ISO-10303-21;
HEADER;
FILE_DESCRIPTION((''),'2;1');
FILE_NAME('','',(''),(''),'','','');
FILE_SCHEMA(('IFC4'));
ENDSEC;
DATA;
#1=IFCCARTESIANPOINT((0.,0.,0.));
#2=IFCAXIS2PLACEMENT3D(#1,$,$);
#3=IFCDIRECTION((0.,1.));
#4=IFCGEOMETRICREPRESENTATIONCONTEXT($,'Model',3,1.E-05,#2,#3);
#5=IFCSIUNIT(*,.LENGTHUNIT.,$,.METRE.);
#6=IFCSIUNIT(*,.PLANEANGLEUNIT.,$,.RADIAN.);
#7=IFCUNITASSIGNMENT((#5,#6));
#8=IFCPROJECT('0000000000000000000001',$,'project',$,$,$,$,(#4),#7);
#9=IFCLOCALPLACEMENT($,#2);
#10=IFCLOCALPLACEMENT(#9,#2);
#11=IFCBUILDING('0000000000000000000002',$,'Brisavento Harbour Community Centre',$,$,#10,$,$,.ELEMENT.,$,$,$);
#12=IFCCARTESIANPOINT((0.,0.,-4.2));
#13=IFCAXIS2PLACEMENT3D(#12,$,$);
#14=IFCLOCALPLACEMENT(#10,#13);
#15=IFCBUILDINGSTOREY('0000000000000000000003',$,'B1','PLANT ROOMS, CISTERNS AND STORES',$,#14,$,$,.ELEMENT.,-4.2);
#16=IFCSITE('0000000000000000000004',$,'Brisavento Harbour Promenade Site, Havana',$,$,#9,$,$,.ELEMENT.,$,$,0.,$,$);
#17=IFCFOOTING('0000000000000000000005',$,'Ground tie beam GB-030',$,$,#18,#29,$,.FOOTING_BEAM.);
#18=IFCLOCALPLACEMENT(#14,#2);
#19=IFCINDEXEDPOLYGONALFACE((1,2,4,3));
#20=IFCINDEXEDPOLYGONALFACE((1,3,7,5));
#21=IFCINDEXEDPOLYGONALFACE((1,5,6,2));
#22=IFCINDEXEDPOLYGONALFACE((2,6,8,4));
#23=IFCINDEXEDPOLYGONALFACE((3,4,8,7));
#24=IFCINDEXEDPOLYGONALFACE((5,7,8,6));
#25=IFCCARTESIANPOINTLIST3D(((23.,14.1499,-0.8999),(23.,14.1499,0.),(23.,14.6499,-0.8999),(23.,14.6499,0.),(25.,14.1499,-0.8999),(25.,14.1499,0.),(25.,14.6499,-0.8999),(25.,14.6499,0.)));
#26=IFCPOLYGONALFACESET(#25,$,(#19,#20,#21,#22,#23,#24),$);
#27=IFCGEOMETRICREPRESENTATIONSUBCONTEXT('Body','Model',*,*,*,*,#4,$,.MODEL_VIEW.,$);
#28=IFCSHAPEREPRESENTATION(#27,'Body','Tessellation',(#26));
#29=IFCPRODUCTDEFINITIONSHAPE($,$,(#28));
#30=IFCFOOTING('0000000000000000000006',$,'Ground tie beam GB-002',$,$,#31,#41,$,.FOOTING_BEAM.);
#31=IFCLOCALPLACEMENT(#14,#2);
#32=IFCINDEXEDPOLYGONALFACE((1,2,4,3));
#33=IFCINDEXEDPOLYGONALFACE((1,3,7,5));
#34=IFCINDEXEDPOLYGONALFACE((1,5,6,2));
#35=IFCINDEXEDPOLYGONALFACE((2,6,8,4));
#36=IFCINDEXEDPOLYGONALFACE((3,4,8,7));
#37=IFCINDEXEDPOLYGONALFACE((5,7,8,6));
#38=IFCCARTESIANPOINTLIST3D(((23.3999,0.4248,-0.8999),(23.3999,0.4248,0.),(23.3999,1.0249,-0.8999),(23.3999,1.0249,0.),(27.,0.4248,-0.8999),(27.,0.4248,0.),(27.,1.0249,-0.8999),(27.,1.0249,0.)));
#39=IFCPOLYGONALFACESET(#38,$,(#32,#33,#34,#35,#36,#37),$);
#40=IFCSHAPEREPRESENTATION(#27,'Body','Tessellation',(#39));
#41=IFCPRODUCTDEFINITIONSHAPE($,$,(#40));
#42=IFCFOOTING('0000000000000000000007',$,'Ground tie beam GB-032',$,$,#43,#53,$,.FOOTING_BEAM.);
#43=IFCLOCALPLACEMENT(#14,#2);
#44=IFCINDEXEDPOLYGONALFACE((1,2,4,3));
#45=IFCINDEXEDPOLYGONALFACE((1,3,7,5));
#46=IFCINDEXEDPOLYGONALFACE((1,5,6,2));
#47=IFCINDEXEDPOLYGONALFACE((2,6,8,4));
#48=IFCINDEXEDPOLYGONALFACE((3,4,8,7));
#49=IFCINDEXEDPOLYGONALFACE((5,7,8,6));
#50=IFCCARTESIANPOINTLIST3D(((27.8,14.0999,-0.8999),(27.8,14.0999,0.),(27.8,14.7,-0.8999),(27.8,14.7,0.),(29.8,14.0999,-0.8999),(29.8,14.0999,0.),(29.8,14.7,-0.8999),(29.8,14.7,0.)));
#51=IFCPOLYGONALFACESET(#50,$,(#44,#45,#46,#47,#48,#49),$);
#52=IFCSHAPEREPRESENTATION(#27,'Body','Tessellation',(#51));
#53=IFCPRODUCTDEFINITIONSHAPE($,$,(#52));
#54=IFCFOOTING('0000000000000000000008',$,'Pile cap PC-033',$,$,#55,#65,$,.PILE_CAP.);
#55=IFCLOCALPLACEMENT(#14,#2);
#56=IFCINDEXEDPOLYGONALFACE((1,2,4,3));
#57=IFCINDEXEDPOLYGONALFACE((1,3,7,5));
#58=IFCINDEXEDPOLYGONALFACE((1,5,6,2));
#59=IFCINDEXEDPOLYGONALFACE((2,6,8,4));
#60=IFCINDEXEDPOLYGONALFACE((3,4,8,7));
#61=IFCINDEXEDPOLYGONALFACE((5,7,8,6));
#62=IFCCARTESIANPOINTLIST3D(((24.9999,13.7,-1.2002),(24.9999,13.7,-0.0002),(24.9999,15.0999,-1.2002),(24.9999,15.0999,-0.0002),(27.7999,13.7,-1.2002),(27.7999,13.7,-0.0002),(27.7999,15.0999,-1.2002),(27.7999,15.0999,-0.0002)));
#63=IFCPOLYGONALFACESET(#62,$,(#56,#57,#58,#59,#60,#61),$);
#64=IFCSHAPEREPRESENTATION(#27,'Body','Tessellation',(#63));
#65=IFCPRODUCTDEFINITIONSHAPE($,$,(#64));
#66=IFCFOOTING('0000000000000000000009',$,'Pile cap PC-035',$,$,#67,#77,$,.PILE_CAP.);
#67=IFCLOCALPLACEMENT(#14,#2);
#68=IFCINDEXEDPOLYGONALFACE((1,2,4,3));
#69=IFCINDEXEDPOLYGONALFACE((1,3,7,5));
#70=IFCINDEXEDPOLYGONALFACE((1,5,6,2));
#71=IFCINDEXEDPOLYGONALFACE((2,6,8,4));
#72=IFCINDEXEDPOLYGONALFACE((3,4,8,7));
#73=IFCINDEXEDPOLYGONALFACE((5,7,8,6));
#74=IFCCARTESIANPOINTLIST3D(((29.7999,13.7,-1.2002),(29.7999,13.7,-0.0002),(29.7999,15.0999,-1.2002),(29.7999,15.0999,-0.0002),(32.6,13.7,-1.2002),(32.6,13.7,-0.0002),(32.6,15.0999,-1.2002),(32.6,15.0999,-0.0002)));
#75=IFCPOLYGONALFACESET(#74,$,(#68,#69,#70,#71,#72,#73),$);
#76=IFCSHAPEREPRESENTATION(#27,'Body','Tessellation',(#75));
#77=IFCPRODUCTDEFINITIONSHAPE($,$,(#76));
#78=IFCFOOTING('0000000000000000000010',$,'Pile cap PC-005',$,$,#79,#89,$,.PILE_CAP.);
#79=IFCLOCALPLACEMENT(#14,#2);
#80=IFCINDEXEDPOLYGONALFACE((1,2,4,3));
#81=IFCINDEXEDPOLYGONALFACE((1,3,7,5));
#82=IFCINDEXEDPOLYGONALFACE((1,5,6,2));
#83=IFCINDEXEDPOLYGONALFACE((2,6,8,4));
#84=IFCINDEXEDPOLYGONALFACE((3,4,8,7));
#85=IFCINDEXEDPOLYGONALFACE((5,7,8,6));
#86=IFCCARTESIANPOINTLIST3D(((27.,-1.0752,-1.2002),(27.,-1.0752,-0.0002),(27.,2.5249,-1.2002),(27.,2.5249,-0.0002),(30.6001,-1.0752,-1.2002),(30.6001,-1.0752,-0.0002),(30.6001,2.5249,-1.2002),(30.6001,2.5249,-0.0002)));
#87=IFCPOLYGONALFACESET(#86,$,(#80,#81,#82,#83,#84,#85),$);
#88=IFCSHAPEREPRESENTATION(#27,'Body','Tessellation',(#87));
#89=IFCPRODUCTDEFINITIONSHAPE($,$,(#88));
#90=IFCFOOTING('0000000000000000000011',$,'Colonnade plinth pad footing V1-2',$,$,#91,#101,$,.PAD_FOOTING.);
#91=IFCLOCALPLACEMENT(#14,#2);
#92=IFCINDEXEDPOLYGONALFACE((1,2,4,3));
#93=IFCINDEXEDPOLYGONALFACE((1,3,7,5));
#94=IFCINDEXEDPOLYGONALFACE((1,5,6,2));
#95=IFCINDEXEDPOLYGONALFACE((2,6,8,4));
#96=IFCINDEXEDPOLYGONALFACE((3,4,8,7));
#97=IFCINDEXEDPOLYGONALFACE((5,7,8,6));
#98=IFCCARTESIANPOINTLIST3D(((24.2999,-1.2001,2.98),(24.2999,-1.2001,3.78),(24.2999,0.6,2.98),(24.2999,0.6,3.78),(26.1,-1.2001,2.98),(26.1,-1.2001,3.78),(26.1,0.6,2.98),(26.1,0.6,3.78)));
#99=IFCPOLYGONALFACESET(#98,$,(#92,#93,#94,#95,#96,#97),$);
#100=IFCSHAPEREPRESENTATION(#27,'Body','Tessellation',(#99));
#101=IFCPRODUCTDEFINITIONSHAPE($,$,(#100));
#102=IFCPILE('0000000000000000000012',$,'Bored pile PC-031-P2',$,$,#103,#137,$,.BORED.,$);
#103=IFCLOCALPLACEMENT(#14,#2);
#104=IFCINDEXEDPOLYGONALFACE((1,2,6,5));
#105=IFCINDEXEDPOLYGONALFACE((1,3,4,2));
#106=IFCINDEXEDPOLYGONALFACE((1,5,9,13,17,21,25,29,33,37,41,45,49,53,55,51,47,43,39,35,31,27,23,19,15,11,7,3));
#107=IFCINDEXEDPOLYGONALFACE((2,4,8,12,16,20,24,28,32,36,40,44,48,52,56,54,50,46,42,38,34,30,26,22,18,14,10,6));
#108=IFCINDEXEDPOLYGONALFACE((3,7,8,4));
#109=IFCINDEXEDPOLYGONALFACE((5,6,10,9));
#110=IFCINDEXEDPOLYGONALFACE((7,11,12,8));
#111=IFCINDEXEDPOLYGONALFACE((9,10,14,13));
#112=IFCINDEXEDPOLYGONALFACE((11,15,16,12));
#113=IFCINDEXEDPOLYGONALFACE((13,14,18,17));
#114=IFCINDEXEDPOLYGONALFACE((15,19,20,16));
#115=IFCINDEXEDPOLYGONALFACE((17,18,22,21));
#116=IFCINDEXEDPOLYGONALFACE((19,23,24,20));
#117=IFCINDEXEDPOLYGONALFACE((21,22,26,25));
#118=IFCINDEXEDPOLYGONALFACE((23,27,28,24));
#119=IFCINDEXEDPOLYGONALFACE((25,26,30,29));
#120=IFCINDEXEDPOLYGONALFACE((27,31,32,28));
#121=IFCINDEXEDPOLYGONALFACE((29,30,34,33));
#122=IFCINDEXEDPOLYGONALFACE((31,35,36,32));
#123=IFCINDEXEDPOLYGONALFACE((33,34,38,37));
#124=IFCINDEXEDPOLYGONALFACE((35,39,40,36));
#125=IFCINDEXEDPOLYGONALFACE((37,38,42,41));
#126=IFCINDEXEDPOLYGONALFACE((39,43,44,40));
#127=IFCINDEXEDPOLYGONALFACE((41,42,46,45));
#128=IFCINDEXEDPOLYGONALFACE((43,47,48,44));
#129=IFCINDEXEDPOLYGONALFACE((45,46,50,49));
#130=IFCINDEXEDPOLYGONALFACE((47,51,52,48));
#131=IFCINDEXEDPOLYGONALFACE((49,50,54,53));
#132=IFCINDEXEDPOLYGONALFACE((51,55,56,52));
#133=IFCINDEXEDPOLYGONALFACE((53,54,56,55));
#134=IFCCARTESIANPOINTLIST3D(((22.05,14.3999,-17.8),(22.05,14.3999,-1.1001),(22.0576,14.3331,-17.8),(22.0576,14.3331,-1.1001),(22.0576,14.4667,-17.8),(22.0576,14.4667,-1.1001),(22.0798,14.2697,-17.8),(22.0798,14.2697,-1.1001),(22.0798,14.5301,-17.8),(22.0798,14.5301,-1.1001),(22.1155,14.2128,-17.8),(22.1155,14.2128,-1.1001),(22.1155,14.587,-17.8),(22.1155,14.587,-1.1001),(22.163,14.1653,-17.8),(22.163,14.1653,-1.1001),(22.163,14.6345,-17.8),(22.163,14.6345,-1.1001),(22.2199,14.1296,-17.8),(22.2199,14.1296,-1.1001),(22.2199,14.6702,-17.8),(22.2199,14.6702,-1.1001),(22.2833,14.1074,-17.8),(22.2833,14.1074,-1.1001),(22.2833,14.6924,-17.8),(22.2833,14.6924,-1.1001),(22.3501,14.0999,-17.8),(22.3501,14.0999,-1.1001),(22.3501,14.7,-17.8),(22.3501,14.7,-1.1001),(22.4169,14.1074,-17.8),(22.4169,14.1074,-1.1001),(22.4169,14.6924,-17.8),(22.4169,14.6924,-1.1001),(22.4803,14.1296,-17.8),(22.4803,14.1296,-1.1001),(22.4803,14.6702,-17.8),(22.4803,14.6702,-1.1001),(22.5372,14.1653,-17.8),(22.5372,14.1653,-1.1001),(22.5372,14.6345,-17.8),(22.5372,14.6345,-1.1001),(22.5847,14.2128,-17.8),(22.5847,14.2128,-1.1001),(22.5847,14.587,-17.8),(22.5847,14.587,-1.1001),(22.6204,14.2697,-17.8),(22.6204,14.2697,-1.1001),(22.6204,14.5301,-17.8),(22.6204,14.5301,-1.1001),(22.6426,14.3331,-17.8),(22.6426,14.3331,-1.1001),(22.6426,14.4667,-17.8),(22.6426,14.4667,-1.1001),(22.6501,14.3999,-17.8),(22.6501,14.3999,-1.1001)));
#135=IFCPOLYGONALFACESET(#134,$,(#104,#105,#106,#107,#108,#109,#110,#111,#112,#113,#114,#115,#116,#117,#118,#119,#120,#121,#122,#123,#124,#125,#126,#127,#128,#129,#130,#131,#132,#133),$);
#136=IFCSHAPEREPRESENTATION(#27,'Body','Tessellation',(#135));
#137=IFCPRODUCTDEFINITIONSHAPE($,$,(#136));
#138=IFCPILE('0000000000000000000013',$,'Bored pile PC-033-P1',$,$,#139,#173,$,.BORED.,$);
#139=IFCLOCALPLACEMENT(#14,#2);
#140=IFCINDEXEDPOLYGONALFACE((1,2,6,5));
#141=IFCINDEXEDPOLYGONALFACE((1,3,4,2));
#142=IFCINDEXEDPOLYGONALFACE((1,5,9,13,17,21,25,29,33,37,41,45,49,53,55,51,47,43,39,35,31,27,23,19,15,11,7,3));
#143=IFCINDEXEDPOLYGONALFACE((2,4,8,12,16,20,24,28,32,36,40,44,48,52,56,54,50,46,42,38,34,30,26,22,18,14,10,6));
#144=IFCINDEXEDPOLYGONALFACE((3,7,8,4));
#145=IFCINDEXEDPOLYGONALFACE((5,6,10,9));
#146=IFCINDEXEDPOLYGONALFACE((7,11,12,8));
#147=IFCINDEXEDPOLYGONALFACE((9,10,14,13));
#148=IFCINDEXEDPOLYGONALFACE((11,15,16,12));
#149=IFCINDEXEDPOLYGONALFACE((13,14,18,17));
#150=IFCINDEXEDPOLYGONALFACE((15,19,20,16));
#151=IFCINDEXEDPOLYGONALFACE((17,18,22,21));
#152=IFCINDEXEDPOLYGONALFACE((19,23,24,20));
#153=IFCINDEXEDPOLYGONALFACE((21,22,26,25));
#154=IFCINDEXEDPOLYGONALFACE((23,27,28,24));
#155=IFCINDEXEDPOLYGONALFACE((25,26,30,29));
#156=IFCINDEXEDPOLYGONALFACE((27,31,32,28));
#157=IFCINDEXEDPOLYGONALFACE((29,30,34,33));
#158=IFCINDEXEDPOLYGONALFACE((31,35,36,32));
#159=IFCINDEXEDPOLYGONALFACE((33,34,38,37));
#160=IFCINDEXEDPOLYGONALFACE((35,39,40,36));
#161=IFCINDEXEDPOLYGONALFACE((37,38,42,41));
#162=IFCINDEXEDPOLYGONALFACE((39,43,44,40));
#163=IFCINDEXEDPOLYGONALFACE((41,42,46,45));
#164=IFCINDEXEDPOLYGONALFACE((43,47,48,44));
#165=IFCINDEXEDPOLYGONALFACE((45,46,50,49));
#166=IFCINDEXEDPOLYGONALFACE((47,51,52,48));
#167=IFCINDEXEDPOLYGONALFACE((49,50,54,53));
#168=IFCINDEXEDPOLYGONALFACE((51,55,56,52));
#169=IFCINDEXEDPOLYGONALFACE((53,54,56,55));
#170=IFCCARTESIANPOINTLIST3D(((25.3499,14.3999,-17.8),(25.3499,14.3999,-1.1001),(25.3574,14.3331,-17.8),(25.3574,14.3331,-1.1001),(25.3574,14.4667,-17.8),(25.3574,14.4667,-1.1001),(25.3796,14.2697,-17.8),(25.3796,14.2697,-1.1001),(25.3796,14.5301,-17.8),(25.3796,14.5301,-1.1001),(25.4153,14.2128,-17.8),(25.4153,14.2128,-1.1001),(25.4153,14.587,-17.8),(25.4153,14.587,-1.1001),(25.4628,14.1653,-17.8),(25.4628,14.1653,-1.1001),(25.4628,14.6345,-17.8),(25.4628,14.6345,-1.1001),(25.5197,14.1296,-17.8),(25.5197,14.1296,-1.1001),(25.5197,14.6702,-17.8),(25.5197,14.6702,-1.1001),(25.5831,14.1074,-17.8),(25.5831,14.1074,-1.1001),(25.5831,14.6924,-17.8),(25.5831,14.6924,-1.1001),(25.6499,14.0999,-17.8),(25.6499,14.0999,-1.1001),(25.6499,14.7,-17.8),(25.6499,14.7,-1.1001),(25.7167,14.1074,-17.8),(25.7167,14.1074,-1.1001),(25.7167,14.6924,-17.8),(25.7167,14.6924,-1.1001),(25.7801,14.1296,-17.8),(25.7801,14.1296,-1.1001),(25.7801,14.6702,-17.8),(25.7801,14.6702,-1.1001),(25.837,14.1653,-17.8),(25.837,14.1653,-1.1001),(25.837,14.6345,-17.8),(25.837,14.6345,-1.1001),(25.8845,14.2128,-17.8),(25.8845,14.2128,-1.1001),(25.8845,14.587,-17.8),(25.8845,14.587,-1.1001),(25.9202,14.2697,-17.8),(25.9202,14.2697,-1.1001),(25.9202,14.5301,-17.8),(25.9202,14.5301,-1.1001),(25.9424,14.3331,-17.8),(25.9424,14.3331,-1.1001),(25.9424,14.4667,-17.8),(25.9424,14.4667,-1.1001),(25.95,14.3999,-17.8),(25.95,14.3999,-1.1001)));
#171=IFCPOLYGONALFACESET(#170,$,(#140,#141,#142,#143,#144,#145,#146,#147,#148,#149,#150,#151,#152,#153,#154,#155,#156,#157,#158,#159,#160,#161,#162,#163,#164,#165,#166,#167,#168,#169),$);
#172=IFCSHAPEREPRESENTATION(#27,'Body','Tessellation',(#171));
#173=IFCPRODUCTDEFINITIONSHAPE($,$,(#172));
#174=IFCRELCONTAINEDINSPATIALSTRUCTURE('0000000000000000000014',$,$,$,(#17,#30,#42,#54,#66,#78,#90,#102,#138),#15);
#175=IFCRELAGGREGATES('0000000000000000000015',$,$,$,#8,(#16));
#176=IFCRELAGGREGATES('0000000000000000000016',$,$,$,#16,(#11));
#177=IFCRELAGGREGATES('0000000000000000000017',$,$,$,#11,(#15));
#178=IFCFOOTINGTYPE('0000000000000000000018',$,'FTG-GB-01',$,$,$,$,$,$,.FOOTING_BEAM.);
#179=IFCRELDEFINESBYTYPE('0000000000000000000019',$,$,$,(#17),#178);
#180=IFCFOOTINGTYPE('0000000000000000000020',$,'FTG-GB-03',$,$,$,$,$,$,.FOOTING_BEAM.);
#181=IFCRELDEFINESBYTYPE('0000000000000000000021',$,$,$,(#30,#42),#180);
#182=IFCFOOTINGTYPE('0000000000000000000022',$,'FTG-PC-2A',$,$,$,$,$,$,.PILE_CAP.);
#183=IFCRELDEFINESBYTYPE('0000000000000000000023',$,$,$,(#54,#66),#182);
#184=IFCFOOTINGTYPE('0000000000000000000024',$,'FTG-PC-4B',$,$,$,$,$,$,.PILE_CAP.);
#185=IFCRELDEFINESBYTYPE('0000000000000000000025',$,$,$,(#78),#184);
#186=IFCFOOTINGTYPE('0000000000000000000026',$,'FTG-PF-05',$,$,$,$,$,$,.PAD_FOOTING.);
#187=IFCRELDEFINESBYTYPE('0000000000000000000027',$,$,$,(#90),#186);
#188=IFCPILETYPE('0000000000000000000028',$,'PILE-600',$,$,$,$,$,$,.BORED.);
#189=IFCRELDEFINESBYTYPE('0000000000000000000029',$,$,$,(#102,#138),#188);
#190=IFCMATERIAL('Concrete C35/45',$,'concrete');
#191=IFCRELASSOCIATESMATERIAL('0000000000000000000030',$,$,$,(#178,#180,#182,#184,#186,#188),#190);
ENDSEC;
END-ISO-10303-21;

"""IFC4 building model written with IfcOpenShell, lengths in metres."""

from ifc_helpers import new_model, si_unit, direction, frame, origin, origin_2d, place, context, subcontext, project, spatial, rectangle, circle, extrude, material, material_profile, profile_set, type_object, element, save


model = new_model("IFC4")

# Units and contexts
model_context = context("Model", 3, precision=1e-05, world=origin(), true_north=direction((0.0, 1.0)))
body_context = subcontext(model_context, "Body", "Model", "MODEL_VIEW")
ifc_project = project(units=[si_unit("LENGTHUNIT", "METRE"), si_unit("PLANEANGLEUNIT", "RADIAN")], contexts=[model_context])

# Site, building, storey
site_placement = place(None, origin())
site = spatial("IfcSite", under=ifc_project, at=site_placement, Name="Brisavento Harbour Promenade Site, Havana", CompositionType="ELEMENT", RefElevation=0.0)
building_placement = place(site_placement, origin())
building = spatial("IfcBuilding", under=site, at=building_placement, Name="Brisavento Harbour Community Centre", CompositionType="ELEMENT")
storey_placement = place(building_placement, frame((0.0, 0.0, -4.2)))
storey = spatial("IfcBuildingStorey", under=building, at=storey_placement, Name="B1", Description="PLANT ROOMS, CISTERNS AND STORES", CompositionType="ELEMENT", Elevation=-4.2)

# Footings
ifc_material_1 = material(Name="Concrete C35/45", Category="concrete")
footing_type_1 = type_object("IfcFootingType", Name="FTG-GB-01", PredefinedType="FOOTING_BEAM", material=ifc_material_1)
footing_1_placement = place(storey_placement, frame((24.0, 14.3999, -0.8999), z_axis=(0.0, 0.0, 1.0), x_axis=(1.0, 0.0, 0.0)))
element("IfcFooting", 1, at=footing_1_placement, inside=storey, type_object=footing_type_1, Name="Ground tie beam GB-030", PredefinedType="FOOTING_BEAM", context=body_context, shape_type="SweptSolid", body=[
    extrude(rectangle(XDim=2.0, YDim=0.5, at=origin_2d()), origin(), (0.0, 0.0, 1.0), 0.8999),
])
footing_type_2 = type_object("IfcFootingType", Name="FTG-GB-03", PredefinedType="FOOTING_BEAM", material=ifc_material_1)
footing_2_placement = place(storey_placement, frame((25.2, 0.7249, -0.8999), z_axis=(0.0, 0.0, 1.0), x_axis=(1.0, 0.0, 0.0)))
element("IfcFooting", 2, at=footing_2_placement, inside=storey, type_object=footing_type_2, Name="Ground tie beam GB-002", PredefinedType="FOOTING_BEAM", context=body_context, shape_type="SweptSolid", body=[
    extrude(rectangle(XDim=3.6001, YDim=0.6001, at=origin_2d()), origin(), (0.0, 0.0, 1.0), 0.8999),
])
footing_3_placement = place(storey_placement, frame((28.8, 14.3999, -0.8999), z_axis=(0.0, 0.0, 1.0), x_axis=(1.0, 0.0, 0.0)))
element("IfcFooting", 3, at=footing_3_placement, inside=storey, type_object=footing_type_2, Name="Ground tie beam GB-032", PredefinedType="FOOTING_BEAM", context=body_context, shape_type="SweptSolid", body=[
    extrude(rectangle(XDim=2.0, YDim=0.6001, at=origin_2d()), origin(), (0.0, 0.0, 1.0), 0.8999),
])
footing_type_3 = type_object("IfcFootingType", Name="FTG-PC-2A", PredefinedType="PILE_CAP", material=ifc_material_1)
for number, where, z_axis, x_axis, name in (
    (4, (26.3999, 14.3999, -1.2002), (0.0, 0.0, 1.0), (1.0, 0.0, 0.0), "Pile cap PC-033"),
    (5, (31.2, 14.3999, -1.2002), (0.0, 0.0, 1.0), (1.0, 0.0, 0.0), "Pile cap PC-035"),
):
    element("IfcFooting", number, at=place(storey_placement, frame(where, z_axis=z_axis, x_axis=x_axis)), inside=storey, type_object=footing_type_3, Name=name, PredefinedType="PILE_CAP", context=body_context, shape_type="SweptSolid", body=[
        extrude(rectangle(XDim=2.8, YDim=1.3999, at=origin_2d()), origin(), (0.0, 0.0, 1.0), 1.2),
    ])
footing_type_4 = type_object("IfcFootingType", Name="FTG-PC-4B", PredefinedType="PILE_CAP", material=ifc_material_1)
footing_4_placement = place(storey_placement, frame((28.8, 0.7249, -1.2002), z_axis=(0.0, 0.0, 1.0), x_axis=(1.0, 0.0, 0.0)))
element("IfcFooting", 6, at=footing_4_placement, inside=storey, type_object=footing_type_4, Name="Pile cap PC-005", PredefinedType="PILE_CAP", context=body_context, shape_type="SweptSolid", body=[
    extrude(rectangle(XDim=3.6001, YDim=3.6001, at=origin_2d()), origin(), (0.0, 0.0, 1.0), 1.2),
])
footing_type_5 = type_object("IfcFootingType", Name="FTG-PF-05", PredefinedType="PAD_FOOTING", material=ifc_material_1)
footing_5_placement = place(storey_placement, frame((25.2, -0.3, 2.98), z_axis=(0.0, 0.0, 1.0), x_axis=(1.0, 0.0, 0.0)))
element("IfcFooting", 7, at=footing_5_placement, inside=storey, type_object=footing_type_5, Name="Colonnade plinth pad footing V1-2", PredefinedType="PAD_FOOTING", context=body_context, shape_type="SweptSolid", body=[
    extrude(rectangle(XDim=1.8, YDim=1.8, at=origin_2d()), origin(), (0.0, 0.0, 1.0), 0.8),
])

# Piles
ifc_material_profile_1 = material_profile(ifc_material_1, circle(Radius=0.3, at=origin_2d()), Name="Concrete C35/45")
ifc_profile_set_1 = profile_set([ifc_material_profile_1], Name="Concrete C35/45")
pile_type_1 = type_object("IfcPileType", Name="PILE-600", PredefinedType="BORED", material=ifc_profile_set_1)
for number, where, z_axis, x_axis, name in (
    (8, (22.3501, 14.3999, -1.1001), (0.0, 0.0, -1.0), (1.0, 0.0, 0.0), "Bored pile PC-031-P2"),
    (9, (25.6499, 14.3999, -1.1001), (0.0, 0.0, -1.0), (1.0, 0.0, 0.0), "Bored pile PC-033-P1"),
):
    element("IfcPile", number, at=place(storey_placement, frame(where, z_axis=z_axis, x_axis=x_axis)), inside=storey, type_object=pile_type_1, Name=name, PredefinedType="BORED", context=body_context, shape_type="SweptSolid", body=[
        extrude(circle(Radius=0.3, at=origin_2d()), origin(), (0.0, 0.0, 1.0), 16.7),
    ])

save(model, "model.ifc")
